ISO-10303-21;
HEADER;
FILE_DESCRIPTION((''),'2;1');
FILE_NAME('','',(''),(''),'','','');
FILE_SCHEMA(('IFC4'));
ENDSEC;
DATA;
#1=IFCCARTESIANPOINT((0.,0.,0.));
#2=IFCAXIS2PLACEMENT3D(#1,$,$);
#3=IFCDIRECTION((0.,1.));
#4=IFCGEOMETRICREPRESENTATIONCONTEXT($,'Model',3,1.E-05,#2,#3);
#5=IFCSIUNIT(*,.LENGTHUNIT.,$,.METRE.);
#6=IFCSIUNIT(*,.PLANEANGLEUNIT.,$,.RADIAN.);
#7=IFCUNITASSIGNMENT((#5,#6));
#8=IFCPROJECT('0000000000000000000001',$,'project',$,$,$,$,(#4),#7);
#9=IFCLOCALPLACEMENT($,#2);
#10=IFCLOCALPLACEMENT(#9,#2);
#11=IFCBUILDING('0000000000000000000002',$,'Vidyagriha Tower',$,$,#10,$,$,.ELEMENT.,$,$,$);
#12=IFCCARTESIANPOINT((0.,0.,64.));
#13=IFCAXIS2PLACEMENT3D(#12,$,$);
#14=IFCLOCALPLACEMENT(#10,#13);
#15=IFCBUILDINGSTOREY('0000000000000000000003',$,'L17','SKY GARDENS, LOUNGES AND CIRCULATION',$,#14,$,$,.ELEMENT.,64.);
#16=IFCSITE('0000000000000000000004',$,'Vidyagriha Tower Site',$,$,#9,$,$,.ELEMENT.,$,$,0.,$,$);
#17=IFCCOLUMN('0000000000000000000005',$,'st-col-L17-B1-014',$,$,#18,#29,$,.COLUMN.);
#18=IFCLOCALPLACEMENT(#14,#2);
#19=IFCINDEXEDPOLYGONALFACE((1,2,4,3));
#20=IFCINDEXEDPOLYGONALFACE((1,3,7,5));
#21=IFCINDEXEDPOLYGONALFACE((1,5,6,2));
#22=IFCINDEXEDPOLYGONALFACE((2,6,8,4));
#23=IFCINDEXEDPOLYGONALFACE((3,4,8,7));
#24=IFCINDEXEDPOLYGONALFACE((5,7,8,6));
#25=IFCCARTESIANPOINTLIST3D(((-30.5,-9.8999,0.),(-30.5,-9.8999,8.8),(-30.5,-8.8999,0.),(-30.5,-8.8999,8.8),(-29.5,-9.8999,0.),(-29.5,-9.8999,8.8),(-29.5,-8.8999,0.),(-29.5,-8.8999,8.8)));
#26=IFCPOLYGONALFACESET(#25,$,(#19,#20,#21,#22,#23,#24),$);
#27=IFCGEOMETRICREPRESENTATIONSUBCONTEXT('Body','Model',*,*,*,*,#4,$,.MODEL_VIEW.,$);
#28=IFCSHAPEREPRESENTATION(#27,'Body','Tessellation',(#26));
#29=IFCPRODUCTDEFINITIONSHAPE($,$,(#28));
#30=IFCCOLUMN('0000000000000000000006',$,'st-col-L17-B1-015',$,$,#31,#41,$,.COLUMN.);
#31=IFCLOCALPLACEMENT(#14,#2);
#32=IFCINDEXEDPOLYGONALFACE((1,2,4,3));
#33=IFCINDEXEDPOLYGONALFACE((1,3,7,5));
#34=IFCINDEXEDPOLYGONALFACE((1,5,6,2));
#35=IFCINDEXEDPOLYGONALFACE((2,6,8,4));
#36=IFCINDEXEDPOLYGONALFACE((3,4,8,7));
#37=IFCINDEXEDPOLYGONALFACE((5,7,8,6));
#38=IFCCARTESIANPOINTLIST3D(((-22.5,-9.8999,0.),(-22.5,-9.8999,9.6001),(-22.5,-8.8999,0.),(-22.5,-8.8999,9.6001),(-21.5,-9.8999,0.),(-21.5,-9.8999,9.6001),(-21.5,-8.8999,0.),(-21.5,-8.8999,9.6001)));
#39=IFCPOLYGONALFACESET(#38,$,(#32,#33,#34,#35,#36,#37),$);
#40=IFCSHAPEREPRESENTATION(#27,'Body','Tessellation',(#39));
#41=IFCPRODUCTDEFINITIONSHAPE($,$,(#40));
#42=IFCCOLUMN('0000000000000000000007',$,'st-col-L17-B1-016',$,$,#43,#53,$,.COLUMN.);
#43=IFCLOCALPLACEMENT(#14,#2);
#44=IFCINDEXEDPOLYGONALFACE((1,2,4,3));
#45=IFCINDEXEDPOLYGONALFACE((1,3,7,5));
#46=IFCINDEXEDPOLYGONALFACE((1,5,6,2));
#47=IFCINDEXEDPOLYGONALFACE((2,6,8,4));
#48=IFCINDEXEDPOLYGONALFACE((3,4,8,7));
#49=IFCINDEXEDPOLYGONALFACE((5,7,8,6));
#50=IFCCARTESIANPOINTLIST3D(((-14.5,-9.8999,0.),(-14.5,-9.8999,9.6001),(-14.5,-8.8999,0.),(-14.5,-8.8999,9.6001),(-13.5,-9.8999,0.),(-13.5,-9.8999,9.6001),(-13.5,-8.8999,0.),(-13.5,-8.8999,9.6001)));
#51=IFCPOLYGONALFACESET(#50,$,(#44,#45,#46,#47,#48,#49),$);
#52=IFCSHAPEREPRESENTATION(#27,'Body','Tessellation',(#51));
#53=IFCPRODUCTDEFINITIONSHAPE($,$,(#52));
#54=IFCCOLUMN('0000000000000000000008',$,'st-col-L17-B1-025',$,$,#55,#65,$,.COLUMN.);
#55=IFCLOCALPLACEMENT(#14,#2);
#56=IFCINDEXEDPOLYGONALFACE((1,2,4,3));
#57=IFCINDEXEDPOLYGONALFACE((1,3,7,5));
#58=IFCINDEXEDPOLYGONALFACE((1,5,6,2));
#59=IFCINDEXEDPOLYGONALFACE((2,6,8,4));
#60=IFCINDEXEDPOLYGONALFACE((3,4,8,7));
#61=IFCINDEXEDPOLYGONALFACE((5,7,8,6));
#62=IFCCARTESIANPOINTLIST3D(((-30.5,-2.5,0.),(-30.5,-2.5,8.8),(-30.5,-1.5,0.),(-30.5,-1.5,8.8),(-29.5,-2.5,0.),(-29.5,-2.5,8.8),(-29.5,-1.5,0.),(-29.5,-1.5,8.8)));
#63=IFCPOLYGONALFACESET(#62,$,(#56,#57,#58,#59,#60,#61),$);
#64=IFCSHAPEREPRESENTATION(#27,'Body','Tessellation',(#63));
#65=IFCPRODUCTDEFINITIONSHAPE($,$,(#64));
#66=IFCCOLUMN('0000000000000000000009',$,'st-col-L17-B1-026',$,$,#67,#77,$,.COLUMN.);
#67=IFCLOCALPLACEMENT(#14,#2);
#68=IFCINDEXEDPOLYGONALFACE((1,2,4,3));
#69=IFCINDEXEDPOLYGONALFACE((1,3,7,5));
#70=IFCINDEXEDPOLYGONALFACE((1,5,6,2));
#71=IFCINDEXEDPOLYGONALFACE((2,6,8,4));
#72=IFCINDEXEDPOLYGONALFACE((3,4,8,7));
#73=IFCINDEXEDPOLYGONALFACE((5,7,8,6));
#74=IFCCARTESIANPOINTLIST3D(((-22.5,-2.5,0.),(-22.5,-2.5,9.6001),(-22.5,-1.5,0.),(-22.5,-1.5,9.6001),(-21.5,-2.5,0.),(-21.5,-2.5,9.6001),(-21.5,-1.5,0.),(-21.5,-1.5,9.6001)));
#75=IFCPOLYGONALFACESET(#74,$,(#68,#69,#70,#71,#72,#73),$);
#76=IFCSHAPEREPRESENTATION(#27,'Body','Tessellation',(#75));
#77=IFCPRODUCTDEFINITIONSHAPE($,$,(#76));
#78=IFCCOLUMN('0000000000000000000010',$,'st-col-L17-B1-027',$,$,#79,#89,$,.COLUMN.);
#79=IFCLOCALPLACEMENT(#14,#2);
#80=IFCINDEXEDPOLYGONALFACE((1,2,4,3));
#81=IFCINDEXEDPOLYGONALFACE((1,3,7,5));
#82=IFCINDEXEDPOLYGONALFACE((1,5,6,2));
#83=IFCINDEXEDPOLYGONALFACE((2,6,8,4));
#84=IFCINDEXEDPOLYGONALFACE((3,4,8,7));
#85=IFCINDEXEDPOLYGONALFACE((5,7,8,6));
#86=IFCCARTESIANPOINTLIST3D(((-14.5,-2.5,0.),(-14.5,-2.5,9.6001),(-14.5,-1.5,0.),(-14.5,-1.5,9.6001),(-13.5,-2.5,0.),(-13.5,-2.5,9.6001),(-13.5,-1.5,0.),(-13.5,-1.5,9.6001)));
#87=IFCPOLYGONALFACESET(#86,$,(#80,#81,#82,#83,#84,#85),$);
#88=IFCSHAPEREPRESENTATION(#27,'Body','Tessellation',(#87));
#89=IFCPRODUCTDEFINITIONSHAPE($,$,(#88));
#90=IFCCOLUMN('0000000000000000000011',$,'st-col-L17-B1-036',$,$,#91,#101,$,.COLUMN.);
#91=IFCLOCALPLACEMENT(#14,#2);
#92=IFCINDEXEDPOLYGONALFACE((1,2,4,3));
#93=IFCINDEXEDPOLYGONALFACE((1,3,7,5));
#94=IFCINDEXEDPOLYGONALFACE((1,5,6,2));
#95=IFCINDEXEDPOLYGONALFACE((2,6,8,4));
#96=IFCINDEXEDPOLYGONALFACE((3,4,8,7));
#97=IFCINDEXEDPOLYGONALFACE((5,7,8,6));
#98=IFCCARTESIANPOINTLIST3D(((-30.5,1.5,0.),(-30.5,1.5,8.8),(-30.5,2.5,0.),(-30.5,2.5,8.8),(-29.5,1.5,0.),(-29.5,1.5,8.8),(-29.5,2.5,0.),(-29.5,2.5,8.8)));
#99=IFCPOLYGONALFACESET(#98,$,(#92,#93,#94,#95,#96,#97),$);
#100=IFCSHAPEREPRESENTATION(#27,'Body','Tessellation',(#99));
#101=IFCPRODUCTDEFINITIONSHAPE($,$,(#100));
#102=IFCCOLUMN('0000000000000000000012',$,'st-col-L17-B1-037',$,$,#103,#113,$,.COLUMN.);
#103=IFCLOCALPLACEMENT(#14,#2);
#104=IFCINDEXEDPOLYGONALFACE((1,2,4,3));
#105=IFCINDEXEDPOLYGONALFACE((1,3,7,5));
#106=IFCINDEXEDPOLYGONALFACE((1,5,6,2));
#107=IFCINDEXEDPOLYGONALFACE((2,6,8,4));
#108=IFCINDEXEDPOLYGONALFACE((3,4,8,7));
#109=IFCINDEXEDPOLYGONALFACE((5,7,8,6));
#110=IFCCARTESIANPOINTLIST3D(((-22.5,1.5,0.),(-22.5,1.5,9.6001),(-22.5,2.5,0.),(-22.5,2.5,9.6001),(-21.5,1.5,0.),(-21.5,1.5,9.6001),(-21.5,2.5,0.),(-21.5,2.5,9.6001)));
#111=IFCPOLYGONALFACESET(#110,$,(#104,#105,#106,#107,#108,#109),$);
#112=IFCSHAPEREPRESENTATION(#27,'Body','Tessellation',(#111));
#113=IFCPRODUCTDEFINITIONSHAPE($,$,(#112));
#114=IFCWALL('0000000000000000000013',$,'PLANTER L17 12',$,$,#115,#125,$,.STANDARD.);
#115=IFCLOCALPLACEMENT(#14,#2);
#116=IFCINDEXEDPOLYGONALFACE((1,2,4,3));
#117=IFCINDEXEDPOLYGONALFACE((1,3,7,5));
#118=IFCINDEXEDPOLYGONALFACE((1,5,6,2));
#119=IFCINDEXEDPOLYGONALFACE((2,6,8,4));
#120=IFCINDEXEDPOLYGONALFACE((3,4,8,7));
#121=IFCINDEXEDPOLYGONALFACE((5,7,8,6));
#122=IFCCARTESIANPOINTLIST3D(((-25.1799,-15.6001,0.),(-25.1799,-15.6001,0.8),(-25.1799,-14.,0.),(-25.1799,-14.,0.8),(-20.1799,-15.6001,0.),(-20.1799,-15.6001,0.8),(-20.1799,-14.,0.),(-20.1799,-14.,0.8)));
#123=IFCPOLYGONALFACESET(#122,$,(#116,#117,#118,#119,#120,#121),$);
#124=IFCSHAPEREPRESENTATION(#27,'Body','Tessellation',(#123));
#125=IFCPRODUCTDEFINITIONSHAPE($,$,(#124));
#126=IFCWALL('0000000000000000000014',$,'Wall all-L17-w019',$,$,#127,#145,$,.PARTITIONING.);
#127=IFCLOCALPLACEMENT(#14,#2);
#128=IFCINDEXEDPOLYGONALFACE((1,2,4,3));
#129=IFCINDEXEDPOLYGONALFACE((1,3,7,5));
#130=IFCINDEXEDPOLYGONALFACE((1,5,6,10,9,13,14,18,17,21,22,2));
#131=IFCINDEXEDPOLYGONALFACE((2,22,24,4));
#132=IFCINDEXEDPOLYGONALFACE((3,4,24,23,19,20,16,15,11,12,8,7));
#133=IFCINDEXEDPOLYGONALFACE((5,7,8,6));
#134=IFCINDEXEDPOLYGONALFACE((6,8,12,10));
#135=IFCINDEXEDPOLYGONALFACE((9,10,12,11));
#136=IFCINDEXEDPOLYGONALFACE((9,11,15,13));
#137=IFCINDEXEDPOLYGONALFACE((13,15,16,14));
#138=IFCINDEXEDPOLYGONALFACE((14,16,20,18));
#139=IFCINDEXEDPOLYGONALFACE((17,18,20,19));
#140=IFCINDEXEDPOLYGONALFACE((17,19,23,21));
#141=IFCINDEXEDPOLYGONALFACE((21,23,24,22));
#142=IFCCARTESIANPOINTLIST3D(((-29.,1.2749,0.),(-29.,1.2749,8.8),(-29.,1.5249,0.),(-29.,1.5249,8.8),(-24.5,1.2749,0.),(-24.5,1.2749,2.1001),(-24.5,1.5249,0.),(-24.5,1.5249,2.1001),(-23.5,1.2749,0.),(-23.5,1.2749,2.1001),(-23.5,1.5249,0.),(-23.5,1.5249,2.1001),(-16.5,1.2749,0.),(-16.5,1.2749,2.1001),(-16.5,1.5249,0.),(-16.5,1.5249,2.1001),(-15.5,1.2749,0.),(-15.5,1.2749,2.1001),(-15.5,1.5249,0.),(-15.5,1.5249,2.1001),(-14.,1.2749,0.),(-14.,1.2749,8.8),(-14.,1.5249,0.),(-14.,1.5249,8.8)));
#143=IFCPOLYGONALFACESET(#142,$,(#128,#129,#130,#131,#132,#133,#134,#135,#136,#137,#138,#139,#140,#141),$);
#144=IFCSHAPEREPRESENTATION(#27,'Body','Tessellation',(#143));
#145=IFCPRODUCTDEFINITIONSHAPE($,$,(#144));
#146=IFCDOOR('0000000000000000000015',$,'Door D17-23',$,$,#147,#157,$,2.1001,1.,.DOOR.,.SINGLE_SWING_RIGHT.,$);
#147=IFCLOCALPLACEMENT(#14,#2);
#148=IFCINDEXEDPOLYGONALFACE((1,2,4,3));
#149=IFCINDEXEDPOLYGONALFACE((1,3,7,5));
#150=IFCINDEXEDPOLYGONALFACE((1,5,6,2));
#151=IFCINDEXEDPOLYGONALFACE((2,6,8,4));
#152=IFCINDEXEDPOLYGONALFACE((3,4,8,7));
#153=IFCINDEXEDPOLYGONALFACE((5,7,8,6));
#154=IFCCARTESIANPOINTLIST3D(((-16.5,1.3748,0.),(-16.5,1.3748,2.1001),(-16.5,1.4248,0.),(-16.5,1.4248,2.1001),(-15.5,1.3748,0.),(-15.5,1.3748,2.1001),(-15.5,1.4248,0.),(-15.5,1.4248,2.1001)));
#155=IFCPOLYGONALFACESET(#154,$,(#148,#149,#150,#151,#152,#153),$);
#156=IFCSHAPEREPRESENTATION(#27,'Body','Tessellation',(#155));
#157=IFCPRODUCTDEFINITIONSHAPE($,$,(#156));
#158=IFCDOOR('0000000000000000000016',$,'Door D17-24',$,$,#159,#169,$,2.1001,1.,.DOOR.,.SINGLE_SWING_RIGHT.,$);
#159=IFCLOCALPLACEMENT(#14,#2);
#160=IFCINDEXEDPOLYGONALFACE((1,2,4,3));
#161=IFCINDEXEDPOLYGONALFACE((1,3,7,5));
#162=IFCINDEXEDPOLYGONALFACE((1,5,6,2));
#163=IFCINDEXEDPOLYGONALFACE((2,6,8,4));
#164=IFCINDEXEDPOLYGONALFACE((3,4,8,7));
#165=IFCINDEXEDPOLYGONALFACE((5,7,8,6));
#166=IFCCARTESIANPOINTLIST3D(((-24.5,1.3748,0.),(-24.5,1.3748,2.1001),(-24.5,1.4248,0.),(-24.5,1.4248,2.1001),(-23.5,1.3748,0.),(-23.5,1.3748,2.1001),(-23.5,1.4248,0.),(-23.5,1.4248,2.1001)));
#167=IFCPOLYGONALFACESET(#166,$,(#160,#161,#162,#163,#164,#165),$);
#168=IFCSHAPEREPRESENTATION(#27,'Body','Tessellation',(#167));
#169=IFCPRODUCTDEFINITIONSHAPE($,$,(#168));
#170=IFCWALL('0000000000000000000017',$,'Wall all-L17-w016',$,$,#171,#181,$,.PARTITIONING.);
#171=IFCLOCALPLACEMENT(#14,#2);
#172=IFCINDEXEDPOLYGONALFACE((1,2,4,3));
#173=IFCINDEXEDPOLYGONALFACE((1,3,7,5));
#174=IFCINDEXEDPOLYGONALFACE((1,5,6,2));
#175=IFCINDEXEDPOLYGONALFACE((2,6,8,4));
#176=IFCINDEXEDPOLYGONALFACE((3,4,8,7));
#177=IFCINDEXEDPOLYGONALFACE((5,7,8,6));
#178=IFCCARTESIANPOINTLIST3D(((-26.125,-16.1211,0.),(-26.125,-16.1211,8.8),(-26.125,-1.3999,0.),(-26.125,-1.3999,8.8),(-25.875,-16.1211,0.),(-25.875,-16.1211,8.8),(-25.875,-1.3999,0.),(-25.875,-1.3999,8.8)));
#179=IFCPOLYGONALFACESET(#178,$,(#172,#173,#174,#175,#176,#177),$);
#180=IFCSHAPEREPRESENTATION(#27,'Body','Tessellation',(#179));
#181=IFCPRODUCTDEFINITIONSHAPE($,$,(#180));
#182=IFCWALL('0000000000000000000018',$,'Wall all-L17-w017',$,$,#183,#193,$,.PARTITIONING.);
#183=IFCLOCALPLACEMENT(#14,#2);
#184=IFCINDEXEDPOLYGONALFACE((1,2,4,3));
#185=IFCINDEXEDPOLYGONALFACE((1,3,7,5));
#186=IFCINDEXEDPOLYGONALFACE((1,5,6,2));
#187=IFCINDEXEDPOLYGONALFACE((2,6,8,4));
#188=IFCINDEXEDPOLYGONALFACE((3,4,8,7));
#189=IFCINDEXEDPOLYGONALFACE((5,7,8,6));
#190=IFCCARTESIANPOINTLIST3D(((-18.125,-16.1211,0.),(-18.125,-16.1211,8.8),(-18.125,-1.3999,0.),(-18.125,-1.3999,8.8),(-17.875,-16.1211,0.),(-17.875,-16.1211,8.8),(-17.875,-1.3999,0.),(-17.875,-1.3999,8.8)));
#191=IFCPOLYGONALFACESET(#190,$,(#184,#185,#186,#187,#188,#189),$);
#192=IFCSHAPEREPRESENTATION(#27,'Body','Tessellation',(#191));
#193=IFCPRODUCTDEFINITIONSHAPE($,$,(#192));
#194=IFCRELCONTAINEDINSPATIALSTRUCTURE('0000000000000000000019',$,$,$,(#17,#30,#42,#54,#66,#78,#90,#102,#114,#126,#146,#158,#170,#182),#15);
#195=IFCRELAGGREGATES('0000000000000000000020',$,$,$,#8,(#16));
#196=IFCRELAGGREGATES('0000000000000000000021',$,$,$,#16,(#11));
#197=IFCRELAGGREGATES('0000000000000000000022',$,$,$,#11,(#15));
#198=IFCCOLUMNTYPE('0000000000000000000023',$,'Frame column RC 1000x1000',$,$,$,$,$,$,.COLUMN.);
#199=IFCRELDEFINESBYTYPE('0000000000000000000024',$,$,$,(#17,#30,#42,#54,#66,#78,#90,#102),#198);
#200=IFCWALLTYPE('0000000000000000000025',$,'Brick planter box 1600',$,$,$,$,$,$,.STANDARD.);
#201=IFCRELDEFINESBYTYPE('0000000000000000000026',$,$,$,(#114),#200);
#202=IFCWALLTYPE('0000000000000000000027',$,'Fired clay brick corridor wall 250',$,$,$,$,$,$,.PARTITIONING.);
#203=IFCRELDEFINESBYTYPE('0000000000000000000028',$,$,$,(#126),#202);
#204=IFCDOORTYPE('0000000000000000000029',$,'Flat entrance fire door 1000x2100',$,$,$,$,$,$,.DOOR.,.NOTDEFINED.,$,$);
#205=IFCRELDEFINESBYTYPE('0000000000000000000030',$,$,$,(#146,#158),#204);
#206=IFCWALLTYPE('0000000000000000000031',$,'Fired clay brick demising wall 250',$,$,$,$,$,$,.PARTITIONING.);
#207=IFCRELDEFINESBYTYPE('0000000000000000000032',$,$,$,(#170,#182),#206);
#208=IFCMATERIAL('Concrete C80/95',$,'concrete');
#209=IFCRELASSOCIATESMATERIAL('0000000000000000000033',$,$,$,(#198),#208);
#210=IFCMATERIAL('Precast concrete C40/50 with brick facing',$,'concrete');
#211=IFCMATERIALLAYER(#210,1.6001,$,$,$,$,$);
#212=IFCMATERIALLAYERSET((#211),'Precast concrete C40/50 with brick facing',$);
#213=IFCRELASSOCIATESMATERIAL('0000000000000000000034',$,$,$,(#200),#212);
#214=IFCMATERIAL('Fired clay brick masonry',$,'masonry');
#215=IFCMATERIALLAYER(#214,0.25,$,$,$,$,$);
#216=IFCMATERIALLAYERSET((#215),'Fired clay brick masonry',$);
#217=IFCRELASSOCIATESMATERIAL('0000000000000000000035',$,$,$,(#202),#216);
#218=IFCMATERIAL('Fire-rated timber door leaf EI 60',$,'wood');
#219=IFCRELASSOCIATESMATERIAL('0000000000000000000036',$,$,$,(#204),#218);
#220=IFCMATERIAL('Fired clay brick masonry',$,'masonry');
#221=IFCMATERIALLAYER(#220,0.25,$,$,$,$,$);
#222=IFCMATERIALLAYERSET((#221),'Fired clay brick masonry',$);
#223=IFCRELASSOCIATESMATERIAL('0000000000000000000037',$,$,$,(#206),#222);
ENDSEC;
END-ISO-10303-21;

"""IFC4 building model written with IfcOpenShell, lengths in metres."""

from ifc_helpers import new_model, si_unit, direction, frame, frame_2d, origin, origin_2d, place, context, subcontext, project, spatial, rectangle, extrude, material, layer, layer_set, material_profile, profile_set, type_object, element, fill, save


model = new_model("IFC4")

# Units and contexts
model_context = context("Model", 3, precision=1e-05, world=origin(), true_north=direction((0.0, 1.0)))
body_context = subcontext(model_context, "Body", "Model", "MODEL_VIEW")
ifc_project = project(units=[si_unit("LENGTHUNIT", "METRE"), si_unit("PLANEANGLEUNIT", "RADIAN")], contexts=[model_context])

# Site, building, storey
site_placement = place(None, origin())
site = spatial("IfcSite", under=ifc_project, at=site_placement, Name="Vidyagriha Tower Site", CompositionType="ELEMENT", RefElevation=0.0)
building_placement = place(site_placement, origin())
building = spatial("IfcBuilding", under=site, at=building_placement, Name="Vidyagriha Tower", CompositionType="ELEMENT")
storey_placement = place(building_placement, frame((0.0, 0.0, 64.0)))
storey = spatial("IfcBuildingStorey", under=building, at=storey_placement, Name="L17", Description="SKY GARDENS, LOUNGES AND CIRCULATION", CompositionType="ELEMENT", Elevation=64.0)

# Columns
ifc_material_1 = material(Name="Concrete C80/95", Category="concrete")
ifc_material_profile = material_profile(ifc_material_1, rectangle(XDim=1.0, YDim=1.0, at=origin_2d()), Name="RC 1000x1000")
ifc_profile_set = profile_set([ifc_material_profile], Name="Concrete C80/95")
column_type = type_object("IfcColumnType", Name="Frame column RC 1000x1000", PredefinedType="COLUMN", material=ifc_profile_set)
column_1_placement = place(storey_placement, frame((-30.0, -9.3999, 0.0)))
element("IfcColumn", 1, at=column_1_placement, inside=storey, type_object=column_type, Name="st-col-L17-B1-014", PredefinedType="COLUMN", context=body_context, shape_type="SweptSolid", body=[
    extrude(rectangle(XDim=1.0, YDim=1.0, at=origin_2d()), origin(), (0.0, 0.0, 1.0), 8.8),
])
for number, where, name in (
    (2, (-22.0, -9.3999, 0.0), "st-col-L17-B1-015"),
    (3, (-14.0, -9.3999, 0.0), "st-col-L17-B1-016"),
):
    element("IfcColumn", number, at=place(storey_placement, frame(where)), inside=storey, type_object=column_type, Name=name, PredefinedType="COLUMN", context=body_context, shape_type="SweptSolid", body=[
        extrude(rectangle(XDim=1.0, YDim=1.0, at=origin_2d()), origin(), (0.0, 0.0, 1.0), 9.6001),
    ])
column_2_placement = place(storey_placement, frame((-30.0, -2.0, 0.0)))
element("IfcColumn", 4, at=column_2_placement, inside=storey, type_object=column_type, Name="st-col-L17-B1-025", PredefinedType="COLUMN", context=body_context, shape_type="SweptSolid", body=[
    extrude(rectangle(XDim=1.0, YDim=1.0, at=origin_2d()), origin(), (0.0, 0.0, 1.0), 8.8),
])
for number, where, name in (
    (5, (-22.0, -2.0, 0.0), "st-col-L17-B1-026"),
    (6, (-14.0, -2.0, 0.0), "st-col-L17-B1-027"),
):
    element("IfcColumn", number, at=place(storey_placement, frame(where)), inside=storey, type_object=column_type, Name=name, PredefinedType="COLUMN", context=body_context, shape_type="SweptSolid", body=[
        extrude(rectangle(XDim=1.0, YDim=1.0, at=origin_2d()), origin(), (0.0, 0.0, 1.0), 9.6001),
    ])
column_3_placement = place(storey_placement, frame((-30.0, 2.0, 0.0)))
element("IfcColumn", 7, at=column_3_placement, inside=storey, type_object=column_type, Name="st-col-L17-B1-036", PredefinedType="COLUMN", context=body_context, shape_type="SweptSolid", body=[
    extrude(rectangle(XDim=1.0, YDim=1.0, at=origin_2d()), origin(), (0.0, 0.0, 1.0), 8.8),
])
column_4_placement = place(storey_placement, frame((-22.0, 2.0, 0.0)))
element("IfcColumn", 8, at=column_4_placement, inside=storey, type_object=column_type, Name="st-col-L17-B1-037", PredefinedType="COLUMN", context=body_context, shape_type="SweptSolid", body=[
    extrude(rectangle(XDim=1.0, YDim=1.0, at=origin_2d()), origin(), (0.0, 0.0, 1.0), 9.6001),
])

# Wall
ifc_material_2 = material(Name="Precast concrete C40/50 with brick facing", Category="concrete")
ifc_layer_1 = layer(ifc_material_2, 1.6001)
ifc_layer_set_1 = layer_set([ifc_layer_1], Name="Precast concrete C40/50 with brick facing")
wall_type_1 = type_object("IfcWallType", Name="Brick planter box 1600", PredefinedType="STANDARD", material=ifc_layer_set_1)
wall_1_placement = place(storey_placement, frame((-25.1799, -14.8, 0.0)))
element("IfcWall", 9, at=wall_1_placement, inside=storey, type_object=wall_type_1, Name="PLANTER L17 12", PredefinedType="STANDARD", context=body_context, shape_type="SweptSolid", body=[
    extrude(rectangle(XDim=5.0, YDim=1.6001, at=frame_2d((2.5, 0.0))), origin(), (0.0, 0.0, 1.0), 0.8),
])

# Wall, openings, doors
ifc_material_3 = material(Name="Fired clay brick masonry", Category="masonry")
ifc_layer_2 = layer(ifc_material_3, 0.25)
ifc_layer_set_2 = layer_set([ifc_layer_2], Name="Fired clay brick masonry")
wall_type_2 = type_object("IfcWallType", Name="Fired clay brick corridor wall 250", PredefinedType="PARTITIONING", material=ifc_layer_set_2)
wall_2_placement = place(storey_placement, frame((-29.0, 1.3999, 0.0)))
wall_2 = element("IfcWall", 10, at=wall_2_placement, inside=storey, type_object=wall_type_2, Name="Wall all-L17-w019", PredefinedType="PARTITIONING", context=body_context, shape_type="SweptSolid", body=[
    extrude(rectangle(XDim=15.0, YDim=0.25, at=frame_2d((7.5, 0.0))), origin(), (0.0, 0.0, 1.0), 8.8),
])
opening_1_placement = place(wall_2_placement, frame((12.5, 0.0, 0.0)))
opening_1 = element("IfcOpeningElement", 11, at=opening_1_placement, cuts=wall_2, PredefinedType="OPENING", context=body_context, shape_type="SweptSolid", body=[
    extrude(rectangle(XDim=1.0, YDim=2.1001, at=frame_2d((0.5, 1.05))), frame((0.0, 0.135, 0.0), z_axis=(0.0, -1.0, 0.0), x_axis=(1.0, 0.0, 0.0)), (0.0, 0.0, 1.0), 0.27),
])
opening_2_placement = place(wall_2_placement, frame((4.5, 0.0, 0.0)))
opening_2 = element("IfcOpeningElement", 12, at=opening_2_placement, cuts=wall_2, PredefinedType="OPENING", context=body_context, shape_type="SweptSolid", body=[
    extrude(rectangle(XDim=1.0, YDim=2.1001, at=frame_2d((0.5, 1.05))), frame((0.0, 0.135, 0.0), z_axis=(0.0, -1.0, 0.0), x_axis=(1.0, 0.0, 0.0)), (0.0, 0.0, 1.0), 0.27),
])
ifc_material_4 = material(Name="Fire-rated timber door leaf EI 60", Category="wood")
door_type_1 = type_object("IfcDoorType", Name="Flat entrance fire door 1000x2100", OperationType="NOTDEFINED", PredefinedType="DOOR", material=ifc_material_4)
door_1_placement = place(opening_1_placement, origin())
door_1 = element("IfcDoor", 13, at=door_1_placement, inside=storey, type_object=door_type_1, Name="Door D17-23", OperationType="SINGLE_SWING_RIGHT", OverallHeight=2.1001, OverallWidth=1.0, PredefinedType="DOOR", context=body_context, shape_type="SweptSolid", body=[
    extrude(rectangle(XDim=1.0, YDim=2.1001, at=frame_2d((0.5, 1.05))), frame((0.0, 0.0249, 0.0), z_axis=(0.0, -1.0, 0.0), x_axis=(1.0, 0.0, 0.0)), (0.0, 0.0, 1.0), 0.05),
])
fill(opening_1, door_1)
door_2_placement = place(opening_2_placement, origin())
door_2 = element("IfcDoor", 14, at=door_2_placement, inside=storey, type_object=door_type_1, Name="Door D17-24", OperationType="SINGLE_SWING_RIGHT", OverallHeight=2.1001, OverallWidth=1.0, PredefinedType="DOOR", context=body_context, shape_type="SweptSolid", body=[
    extrude(rectangle(XDim=1.0, YDim=2.1001, at=frame_2d((0.5, 1.05))), frame((0.0, 0.0249, 0.0), z_axis=(0.0, -1.0, 0.0), x_axis=(1.0, 0.0, 0.0)), (0.0, 0.0, 1.0), 0.05),
])
fill(opening_2, door_2)

# Walls
ifc_material_5 = material(Name="Fired clay brick masonry", Category="masonry")
ifc_layer_3 = layer(ifc_material_5, 0.25)
ifc_layer_set_3 = layer_set([ifc_layer_3], Name="Fired clay brick masonry")
wall_type_3 = type_object("IfcWallType", Name="Fired clay brick demising wall 250", PredefinedType="PARTITIONING", material=ifc_layer_set_3)
for number, where, z_axis, x_axis, name in (
    (15, (-26.0, -1.3999, 0.0), (0.0, 0.0, 1.0), (0.0, -1.0, 0.0), "Wall all-L17-w016"),
    (16, (-18.0, -1.3999, 0.0), (0.0, 0.0, 1.0), (0.0, -1.0, 0.0), "Wall all-L17-w017"),
):
    element("IfcWall", number, at=place(storey_placement, frame(where, z_axis=z_axis, x_axis=x_axis)), inside=storey, type_object=wall_type_3, Name=name, PredefinedType="PARTITIONING", context=body_context, shape_type="SweptSolid", body=[
        extrude(rectangle(XDim=14.7212, YDim=0.25, at=frame_2d((7.3606, 0.0))), origin(), (0.0, 0.0, 1.0), 8.8),
    ])

save(model, "model.ifc")
